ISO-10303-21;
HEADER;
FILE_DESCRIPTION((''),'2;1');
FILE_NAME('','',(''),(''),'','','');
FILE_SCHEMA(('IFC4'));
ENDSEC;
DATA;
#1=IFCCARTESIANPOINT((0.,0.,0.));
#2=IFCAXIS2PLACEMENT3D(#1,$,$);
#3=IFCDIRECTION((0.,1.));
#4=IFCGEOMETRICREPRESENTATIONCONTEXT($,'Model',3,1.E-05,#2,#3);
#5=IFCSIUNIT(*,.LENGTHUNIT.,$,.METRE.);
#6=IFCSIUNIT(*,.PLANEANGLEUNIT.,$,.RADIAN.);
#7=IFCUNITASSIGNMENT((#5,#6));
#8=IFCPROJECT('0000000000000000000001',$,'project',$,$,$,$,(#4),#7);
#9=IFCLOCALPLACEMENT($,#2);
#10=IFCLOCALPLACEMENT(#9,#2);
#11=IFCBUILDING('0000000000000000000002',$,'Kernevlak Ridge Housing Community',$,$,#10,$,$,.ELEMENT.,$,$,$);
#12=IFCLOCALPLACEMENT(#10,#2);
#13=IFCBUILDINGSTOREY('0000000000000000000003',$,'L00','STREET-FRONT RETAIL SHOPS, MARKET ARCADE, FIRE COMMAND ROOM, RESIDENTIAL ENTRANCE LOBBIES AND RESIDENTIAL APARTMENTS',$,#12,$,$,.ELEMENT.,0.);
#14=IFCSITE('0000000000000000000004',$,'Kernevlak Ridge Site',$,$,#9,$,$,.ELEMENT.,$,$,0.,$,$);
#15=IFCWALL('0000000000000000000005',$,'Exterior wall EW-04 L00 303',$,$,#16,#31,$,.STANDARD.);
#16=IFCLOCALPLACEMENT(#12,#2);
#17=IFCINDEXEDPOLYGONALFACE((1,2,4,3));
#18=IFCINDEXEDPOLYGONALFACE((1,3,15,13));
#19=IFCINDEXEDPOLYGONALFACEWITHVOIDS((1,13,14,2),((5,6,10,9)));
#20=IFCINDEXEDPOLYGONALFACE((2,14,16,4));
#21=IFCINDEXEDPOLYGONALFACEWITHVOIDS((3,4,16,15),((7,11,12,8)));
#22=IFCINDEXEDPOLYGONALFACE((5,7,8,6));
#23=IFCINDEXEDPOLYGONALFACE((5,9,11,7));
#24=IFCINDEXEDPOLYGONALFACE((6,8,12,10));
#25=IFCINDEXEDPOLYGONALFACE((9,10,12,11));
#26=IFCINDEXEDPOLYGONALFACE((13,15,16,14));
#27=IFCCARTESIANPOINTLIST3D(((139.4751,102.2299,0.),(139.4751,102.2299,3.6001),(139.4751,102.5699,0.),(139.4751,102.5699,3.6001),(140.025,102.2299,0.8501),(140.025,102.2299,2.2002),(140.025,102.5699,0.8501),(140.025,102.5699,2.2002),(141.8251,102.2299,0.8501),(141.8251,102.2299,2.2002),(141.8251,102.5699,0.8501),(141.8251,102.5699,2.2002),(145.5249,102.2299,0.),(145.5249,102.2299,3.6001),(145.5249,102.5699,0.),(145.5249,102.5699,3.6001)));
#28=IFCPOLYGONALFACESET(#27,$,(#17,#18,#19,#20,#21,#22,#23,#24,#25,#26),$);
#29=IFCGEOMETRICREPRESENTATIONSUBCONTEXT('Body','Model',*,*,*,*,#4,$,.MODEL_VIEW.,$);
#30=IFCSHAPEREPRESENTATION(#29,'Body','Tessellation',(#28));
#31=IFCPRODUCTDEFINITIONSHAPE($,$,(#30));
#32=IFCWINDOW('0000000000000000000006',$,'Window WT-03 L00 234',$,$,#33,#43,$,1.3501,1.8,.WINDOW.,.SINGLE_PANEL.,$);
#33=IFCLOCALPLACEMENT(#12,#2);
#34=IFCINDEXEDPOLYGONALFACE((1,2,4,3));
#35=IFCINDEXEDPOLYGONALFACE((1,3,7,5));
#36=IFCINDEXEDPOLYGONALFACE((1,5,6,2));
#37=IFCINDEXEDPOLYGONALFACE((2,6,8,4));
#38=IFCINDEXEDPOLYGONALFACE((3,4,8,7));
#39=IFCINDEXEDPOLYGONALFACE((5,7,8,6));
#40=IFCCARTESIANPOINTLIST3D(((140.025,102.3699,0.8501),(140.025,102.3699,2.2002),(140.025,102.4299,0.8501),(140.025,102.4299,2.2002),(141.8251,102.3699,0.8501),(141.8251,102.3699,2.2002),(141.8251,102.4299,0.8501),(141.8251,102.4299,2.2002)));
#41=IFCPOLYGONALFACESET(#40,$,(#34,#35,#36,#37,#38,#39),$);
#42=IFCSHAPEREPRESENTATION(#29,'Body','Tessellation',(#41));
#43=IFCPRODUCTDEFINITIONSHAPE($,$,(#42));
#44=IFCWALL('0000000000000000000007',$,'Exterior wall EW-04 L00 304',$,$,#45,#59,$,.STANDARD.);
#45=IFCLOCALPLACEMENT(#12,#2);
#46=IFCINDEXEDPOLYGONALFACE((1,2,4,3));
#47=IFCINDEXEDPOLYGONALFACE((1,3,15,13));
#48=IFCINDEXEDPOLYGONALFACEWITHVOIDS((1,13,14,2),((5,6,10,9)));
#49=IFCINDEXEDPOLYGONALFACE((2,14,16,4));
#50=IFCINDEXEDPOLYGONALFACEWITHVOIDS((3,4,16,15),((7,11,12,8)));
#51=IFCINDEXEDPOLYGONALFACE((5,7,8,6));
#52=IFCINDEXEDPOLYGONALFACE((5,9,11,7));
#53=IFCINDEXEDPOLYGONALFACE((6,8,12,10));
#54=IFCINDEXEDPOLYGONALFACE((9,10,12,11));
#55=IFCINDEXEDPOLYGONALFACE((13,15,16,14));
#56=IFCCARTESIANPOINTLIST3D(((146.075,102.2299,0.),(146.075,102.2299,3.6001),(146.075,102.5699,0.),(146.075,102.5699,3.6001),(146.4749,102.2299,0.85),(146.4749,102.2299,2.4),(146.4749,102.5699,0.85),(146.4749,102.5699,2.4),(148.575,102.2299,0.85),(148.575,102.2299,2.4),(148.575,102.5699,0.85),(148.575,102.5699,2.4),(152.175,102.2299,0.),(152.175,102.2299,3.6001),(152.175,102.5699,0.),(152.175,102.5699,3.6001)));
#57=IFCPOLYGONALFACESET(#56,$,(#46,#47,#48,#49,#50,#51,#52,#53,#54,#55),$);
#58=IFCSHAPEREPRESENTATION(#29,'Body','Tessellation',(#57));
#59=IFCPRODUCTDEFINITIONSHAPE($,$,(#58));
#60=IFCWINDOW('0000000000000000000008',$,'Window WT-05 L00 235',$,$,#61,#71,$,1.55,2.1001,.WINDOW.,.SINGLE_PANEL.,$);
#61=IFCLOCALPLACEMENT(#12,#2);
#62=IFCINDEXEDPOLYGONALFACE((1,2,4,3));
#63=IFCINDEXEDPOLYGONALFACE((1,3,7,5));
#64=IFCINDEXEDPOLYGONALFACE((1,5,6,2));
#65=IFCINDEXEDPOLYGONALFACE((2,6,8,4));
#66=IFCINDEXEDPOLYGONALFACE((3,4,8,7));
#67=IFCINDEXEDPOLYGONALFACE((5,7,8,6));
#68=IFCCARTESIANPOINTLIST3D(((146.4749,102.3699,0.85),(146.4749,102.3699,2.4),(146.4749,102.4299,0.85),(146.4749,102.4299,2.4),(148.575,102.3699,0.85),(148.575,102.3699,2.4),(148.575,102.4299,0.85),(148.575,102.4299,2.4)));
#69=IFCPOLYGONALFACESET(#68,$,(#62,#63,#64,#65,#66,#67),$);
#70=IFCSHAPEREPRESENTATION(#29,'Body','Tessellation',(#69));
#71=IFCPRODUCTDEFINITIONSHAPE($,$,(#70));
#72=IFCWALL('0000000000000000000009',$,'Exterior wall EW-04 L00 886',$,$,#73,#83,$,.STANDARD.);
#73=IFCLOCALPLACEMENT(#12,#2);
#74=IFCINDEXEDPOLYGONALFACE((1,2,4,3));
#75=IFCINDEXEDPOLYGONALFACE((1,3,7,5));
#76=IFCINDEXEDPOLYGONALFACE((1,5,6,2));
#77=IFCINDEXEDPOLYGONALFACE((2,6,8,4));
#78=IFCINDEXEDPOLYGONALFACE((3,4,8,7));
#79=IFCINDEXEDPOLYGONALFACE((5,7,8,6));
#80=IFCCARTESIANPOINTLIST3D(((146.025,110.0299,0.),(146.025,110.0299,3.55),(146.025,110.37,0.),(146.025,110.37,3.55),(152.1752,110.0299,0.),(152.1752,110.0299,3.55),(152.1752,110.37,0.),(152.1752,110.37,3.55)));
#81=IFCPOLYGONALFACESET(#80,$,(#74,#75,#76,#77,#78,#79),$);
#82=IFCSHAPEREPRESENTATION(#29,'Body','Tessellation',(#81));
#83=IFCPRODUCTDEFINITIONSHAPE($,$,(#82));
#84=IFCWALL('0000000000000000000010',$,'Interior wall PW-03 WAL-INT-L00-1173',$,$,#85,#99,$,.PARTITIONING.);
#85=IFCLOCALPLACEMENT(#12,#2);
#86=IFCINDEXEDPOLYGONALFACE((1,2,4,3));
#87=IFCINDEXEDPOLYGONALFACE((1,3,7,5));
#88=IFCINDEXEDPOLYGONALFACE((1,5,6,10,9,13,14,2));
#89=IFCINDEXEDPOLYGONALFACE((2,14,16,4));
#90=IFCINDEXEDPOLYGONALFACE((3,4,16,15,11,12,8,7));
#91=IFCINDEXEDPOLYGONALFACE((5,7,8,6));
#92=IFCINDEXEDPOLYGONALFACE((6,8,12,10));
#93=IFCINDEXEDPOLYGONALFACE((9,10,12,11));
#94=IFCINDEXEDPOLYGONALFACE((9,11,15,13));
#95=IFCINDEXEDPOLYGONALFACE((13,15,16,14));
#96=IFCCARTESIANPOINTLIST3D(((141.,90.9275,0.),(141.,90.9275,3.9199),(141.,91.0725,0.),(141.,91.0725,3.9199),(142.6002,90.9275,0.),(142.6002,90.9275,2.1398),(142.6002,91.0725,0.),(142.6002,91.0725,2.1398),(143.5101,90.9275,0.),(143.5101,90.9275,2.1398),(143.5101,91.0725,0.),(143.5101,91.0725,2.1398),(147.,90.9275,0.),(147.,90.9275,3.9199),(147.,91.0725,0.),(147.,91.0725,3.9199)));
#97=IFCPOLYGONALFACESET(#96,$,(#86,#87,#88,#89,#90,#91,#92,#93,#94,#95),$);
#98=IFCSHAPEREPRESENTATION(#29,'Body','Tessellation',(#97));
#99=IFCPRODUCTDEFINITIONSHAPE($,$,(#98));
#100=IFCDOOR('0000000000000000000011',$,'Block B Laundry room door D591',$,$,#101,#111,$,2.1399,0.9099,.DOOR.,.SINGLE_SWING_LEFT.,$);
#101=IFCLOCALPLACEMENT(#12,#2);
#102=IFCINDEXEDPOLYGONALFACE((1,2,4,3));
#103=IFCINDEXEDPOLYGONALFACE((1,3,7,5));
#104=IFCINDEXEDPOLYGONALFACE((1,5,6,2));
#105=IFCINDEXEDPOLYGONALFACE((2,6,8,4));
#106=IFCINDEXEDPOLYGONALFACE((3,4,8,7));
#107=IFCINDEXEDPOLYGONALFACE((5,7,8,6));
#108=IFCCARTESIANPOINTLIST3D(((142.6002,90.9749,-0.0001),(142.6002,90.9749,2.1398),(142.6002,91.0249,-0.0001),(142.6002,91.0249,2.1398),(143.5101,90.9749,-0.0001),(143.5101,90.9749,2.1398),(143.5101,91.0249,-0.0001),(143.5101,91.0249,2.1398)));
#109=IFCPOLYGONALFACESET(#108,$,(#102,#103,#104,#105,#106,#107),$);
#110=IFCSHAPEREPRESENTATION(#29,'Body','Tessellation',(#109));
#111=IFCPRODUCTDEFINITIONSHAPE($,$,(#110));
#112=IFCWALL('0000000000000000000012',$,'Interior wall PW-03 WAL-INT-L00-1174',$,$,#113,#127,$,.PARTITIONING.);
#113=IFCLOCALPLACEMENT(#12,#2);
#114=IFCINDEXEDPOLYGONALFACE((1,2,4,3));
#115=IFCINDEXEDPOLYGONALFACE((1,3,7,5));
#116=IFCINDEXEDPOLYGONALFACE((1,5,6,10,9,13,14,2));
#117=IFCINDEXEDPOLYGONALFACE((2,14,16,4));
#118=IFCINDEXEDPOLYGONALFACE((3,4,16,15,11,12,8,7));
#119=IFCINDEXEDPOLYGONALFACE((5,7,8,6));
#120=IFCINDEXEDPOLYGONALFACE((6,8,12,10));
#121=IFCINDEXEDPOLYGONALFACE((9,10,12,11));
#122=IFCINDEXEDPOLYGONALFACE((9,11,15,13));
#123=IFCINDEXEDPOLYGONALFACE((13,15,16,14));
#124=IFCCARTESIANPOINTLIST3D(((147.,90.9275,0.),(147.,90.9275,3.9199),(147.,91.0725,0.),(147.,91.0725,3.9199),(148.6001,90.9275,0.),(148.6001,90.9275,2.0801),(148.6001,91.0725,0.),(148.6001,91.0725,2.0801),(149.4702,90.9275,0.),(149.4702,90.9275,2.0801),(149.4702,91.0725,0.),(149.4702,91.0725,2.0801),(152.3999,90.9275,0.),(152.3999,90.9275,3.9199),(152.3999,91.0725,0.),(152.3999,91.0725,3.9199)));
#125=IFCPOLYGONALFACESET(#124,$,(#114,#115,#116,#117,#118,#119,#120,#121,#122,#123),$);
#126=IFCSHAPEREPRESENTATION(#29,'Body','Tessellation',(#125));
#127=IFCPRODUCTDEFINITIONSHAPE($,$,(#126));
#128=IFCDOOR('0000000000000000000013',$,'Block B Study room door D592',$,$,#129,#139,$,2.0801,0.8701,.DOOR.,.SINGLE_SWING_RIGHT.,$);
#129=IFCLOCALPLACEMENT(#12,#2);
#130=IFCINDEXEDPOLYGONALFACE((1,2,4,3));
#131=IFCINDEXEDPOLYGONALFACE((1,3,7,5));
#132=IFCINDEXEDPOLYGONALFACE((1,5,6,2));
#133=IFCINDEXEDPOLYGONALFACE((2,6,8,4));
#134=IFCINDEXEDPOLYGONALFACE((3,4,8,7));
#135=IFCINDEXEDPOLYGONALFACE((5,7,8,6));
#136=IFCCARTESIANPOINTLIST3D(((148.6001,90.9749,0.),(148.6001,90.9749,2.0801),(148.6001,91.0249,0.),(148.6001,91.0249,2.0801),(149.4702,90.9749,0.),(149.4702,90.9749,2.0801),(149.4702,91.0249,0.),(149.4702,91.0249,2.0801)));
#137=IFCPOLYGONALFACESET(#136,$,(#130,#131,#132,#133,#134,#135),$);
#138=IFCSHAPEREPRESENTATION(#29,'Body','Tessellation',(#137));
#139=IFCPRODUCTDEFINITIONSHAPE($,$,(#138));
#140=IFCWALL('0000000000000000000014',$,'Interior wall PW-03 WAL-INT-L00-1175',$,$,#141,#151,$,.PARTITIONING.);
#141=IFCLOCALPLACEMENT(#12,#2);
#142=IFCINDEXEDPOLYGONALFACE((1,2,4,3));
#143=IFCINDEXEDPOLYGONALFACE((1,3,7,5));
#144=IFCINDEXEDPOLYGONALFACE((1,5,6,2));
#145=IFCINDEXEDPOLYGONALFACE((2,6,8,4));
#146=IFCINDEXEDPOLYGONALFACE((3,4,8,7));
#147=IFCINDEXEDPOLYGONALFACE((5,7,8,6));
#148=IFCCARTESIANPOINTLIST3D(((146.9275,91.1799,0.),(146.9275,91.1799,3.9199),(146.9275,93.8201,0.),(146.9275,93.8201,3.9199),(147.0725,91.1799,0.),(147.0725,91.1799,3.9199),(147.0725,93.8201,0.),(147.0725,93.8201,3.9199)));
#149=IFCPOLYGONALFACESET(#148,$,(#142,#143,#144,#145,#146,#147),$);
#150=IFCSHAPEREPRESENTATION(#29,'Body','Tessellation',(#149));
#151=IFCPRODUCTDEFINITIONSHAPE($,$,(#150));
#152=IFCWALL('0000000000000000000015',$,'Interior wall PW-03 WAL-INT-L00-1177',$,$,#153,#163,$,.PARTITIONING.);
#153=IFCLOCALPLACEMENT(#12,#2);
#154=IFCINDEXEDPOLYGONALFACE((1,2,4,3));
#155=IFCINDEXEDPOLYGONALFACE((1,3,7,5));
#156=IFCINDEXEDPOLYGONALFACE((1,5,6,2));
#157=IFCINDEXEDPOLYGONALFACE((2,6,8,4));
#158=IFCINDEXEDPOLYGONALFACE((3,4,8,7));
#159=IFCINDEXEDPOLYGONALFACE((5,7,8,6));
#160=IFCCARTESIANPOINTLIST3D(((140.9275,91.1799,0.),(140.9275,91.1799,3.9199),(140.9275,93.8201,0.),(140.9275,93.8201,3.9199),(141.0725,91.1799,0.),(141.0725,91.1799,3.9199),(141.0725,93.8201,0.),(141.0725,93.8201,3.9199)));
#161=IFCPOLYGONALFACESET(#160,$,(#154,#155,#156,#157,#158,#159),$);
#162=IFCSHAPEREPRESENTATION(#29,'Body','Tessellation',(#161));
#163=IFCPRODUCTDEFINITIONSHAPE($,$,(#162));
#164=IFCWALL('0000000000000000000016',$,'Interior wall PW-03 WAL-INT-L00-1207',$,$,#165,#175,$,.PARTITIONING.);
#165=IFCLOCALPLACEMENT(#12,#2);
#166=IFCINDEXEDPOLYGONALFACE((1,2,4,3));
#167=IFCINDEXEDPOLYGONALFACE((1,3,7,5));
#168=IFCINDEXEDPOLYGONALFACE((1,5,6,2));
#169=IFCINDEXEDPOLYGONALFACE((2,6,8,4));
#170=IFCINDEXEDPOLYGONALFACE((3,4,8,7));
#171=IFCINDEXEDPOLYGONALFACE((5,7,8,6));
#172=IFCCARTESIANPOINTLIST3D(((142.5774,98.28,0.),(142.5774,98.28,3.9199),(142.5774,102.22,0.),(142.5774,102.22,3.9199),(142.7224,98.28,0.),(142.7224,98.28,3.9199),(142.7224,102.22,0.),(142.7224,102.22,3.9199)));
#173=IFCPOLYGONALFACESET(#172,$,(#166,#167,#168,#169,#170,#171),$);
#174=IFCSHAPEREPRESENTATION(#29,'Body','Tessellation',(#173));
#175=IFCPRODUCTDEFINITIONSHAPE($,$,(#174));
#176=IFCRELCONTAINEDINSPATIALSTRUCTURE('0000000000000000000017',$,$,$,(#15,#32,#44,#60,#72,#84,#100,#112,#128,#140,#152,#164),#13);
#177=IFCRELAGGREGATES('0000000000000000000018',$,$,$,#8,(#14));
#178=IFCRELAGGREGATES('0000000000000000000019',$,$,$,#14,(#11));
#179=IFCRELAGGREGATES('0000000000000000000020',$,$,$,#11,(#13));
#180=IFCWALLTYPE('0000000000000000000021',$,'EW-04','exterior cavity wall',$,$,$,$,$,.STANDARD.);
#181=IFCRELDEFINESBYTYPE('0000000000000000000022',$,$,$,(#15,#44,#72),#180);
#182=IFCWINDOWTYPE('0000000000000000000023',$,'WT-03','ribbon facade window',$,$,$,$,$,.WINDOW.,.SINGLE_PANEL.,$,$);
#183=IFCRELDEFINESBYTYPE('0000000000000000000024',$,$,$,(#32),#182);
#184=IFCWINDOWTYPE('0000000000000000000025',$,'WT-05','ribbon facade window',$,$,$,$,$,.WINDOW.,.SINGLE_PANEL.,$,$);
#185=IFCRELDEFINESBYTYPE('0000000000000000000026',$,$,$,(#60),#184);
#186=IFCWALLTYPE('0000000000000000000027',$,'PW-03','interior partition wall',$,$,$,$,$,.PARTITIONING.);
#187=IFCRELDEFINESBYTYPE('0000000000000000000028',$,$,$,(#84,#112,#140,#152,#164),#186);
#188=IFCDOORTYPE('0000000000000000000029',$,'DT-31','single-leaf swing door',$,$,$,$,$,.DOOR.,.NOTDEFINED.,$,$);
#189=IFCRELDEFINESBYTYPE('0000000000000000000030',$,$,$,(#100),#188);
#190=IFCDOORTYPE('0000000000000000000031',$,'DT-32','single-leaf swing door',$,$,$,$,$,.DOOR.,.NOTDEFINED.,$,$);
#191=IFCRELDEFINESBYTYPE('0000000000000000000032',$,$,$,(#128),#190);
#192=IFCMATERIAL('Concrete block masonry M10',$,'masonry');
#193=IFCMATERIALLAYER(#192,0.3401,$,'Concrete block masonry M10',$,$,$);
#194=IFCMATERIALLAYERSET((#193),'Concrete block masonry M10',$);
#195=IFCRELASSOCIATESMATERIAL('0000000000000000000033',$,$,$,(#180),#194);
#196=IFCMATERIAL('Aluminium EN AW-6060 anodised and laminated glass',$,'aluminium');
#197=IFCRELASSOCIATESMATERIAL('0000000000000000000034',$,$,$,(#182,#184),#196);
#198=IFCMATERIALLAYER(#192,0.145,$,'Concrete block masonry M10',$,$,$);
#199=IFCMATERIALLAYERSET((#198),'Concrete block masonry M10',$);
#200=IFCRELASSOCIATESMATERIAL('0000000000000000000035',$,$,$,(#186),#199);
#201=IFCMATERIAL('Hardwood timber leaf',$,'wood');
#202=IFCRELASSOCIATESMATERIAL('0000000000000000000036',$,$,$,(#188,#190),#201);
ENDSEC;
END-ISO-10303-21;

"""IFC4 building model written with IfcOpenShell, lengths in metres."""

from ifc_helpers import new_model, si_unit, direction, frame, frame_2d, origin, place, context, subcontext, project, spatial, rectangle, extrude, material, layer, layer_set, type_object, element, fill, save


model = new_model("IFC4")

# Units and contexts
model_context = context("Model", 3, precision=1e-05, world=origin(), true_north=direction((0.0, 1.0)))
body_context = subcontext(model_context, "Body", "Model", "MODEL_VIEW")
ifc_project = project(units=[si_unit("LENGTHUNIT", "METRE"), si_unit("PLANEANGLEUNIT", "RADIAN")], contexts=[model_context])

# Site, building, storey
site_placement = place(None, origin())
site = spatial("IfcSite", under=ifc_project, at=site_placement, Name="Kernevlak Ridge Site", CompositionType="ELEMENT", RefElevation=0.0)
building_placement = place(site_placement, origin())
building = spatial("IfcBuilding", under=site, at=building_placement, Name="Kernevlak Ridge Housing Community", CompositionType="ELEMENT")
storey_placement = place(building_placement, origin())
storey = spatial("IfcBuildingStorey", under=building, at=storey_placement, Name="L00", Description="STREET-FRONT RETAIL SHOPS, MARKET ARCADE, FIRE COMMAND ROOM, RESIDENTIAL ENTRANCE LOBBIES AND RESIDENTIAL APARTMENTS", CompositionType="ELEMENT", Elevation=0.0)

# Shared definitions
ifc_material_1 = material(Name="Aluminium EN AW-6060 anodised and laminated glass", Category="aluminium")

# Walls, openings, windows
ifc_material_2 = material(Name="Concrete block masonry M10", Category="masonry")
ifc_layer_1 = layer(ifc_material_2, 0.3401, Name="Concrete block masonry M10")
ifc_layer_set_1 = layer_set([ifc_layer_1], Name="Concrete block masonry M10")
wall_type_1 = type_object("IfcWallType", Name="EW-04", Description="exterior cavity wall", PredefinedType="STANDARD", material=ifc_layer_set_1)
wall_1_placement = place(storey_placement, frame((139.4751, 102.3999, 0.0), z_axis=(0.0, 0.0, 1.0), x_axis=(1.0, 0.0, 0.0)))
wall_1 = element("IfcWall", 1, at=wall_1_placement, inside=storey, type_object=wall_type_1, Name="Exterior wall EW-04 L00 303", PredefinedType="STANDARD", context=body_context, shape_type="SweptSolid", body=[
    extrude(rectangle(XDim=6.0498, YDim=0.3401, at=frame_2d((3.0249, 0.0))), origin(), (0.0, 0.0, 1.0), 3.6001),
])
opening_1_placement = place(wall_1_placement, frame((0.55, 0.0, 0.8501)))
opening_1 = element("IfcOpeningElement", 2, at=opening_1_placement, cuts=wall_1, PredefinedType="OPENING", context=body_context, shape_type="SweptSolid", body=[
    extrude(rectangle(XDim=1.8, YDim=1.3501, at=frame_2d((0.8999, 0.675))), frame((0.0, 0.1799, 0.0), z_axis=(0.0, -1.0, 0.0), x_axis=(1.0, 0.0, 0.0)), (0.0, 0.0, 1.0), 0.3601),
])
window_type_1 = type_object("IfcWindowType", Name="WT-03", Description="ribbon facade window", PartitioningType="SINGLE_PANEL", PredefinedType="WINDOW", material=ifc_material_1)
window_1_placement = place(opening_1_placement, origin())
window_1 = element("IfcWindow", 3, at=window_1_placement, inside=storey, type_object=window_type_1, Name="Window WT-03 L00 234", OverallHeight=1.3501, OverallWidth=1.8, PartitioningType="SINGLE_PANEL", PredefinedType="WINDOW", context=body_context, shape_type="SweptSolid", body=[
    extrude(rectangle(XDim=1.8, YDim=1.3501, at=frame_2d((0.8999, 0.675))), frame((0.0, 0.03, 0.0), z_axis=(0.0, -1.0, 0.0), x_axis=(1.0, 0.0, 0.0)), (0.0, 0.0, 1.0), 0.0601),
])
fill(opening_1, window_1)
wall_2_placement = place(storey_placement, frame((146.075, 102.3999, 0.0), z_axis=(0.0, 0.0, 1.0), x_axis=(1.0, 0.0, 0.0)))
wall_2 = element("IfcWall", 4, at=wall_2_placement, inside=storey, type_object=wall_type_1, Name="Exterior wall EW-04 L00 304", PredefinedType="STANDARD", context=body_context, shape_type="SweptSolid", body=[
    extrude(rectangle(XDim=6.1001, YDim=0.3401, at=frame_2d((3.05, 0.0))), origin(), (0.0, 0.0, 1.0), 3.6001),
])
opening_2_placement = place(wall_2_placement, frame((0.3999, 0.0, 0.8501)))
opening_2 = element("IfcOpeningElement", 5, at=opening_2_placement, cuts=wall_2, PredefinedType="OPENING", context=body_context, shape_type="SweptSolid", body=[
    extrude(rectangle(XDim=2.1001, YDim=1.55, at=frame_2d((1.05, 0.7749))), frame((0.0, 0.1799, 0.0), z_axis=(0.0, -1.0, 0.0), x_axis=(1.0, 0.0, 0.0)), (0.0, 0.0, 1.0), 0.3601),
])
window_type_2 = type_object("IfcWindowType", Name="WT-05", Description="ribbon facade window", PartitioningType="SINGLE_PANEL", PredefinedType="WINDOW", material=ifc_material_1)
window_2_placement = place(opening_2_placement, origin())
window_2 = element("IfcWindow", 6, at=window_2_placement, inside=storey, type_object=window_type_2, Name="Window WT-05 L00 235", OverallHeight=1.55, OverallWidth=2.1001, PartitioningType="SINGLE_PANEL", PredefinedType="WINDOW", context=body_context, shape_type="SweptSolid", body=[
    extrude(rectangle(XDim=2.1001, YDim=1.55, at=frame_2d((1.05, 0.7749))), frame((0.0, 0.03, 0.0), z_axis=(0.0, -1.0, 0.0), x_axis=(1.0, 0.0, 0.0)), (0.0, 0.0, 1.0), 0.0601),
])
fill(opening_2, window_2)

# Wall
wall_3_placement = place(storey_placement, frame((146.0249, 110.2, 0.0), z_axis=(0.0, 0.0, 1.0), x_axis=(1.0, 0.0, 0.0)))
element("IfcWall", 7, at=wall_3_placement, inside=storey, type_object=wall_type_1, Name="Exterior wall EW-04 L00 886", PredefinedType="STANDARD", context=body_context, shape_type="SweptSolid", body=[
    extrude(rectangle(XDim=6.1501, YDim=0.3401, at=frame_2d((3.0752, 0.0))), origin(), (0.0, 0.0, 1.0), 3.55),
])

# Walls, openings, doors
ifc_layer_2 = layer(ifc_material_2, 0.145, Name="Concrete block masonry M10")
ifc_layer_set_2 = layer_set([ifc_layer_2], Name="Concrete block masonry M10")
wall_type_2 = type_object("IfcWallType", Name="PW-03", Description="interior partition wall", PredefinedType="PARTITIONING", material=ifc_layer_set_2)
wall_4_placement = place(storey_placement, frame((141.0, 91.0, 0.0), z_axis=(0.0, 0.0, 1.0), x_axis=(1.0, 0.0, 0.0)))
wall_4 = element("IfcWall", 8, at=wall_4_placement, inside=storey, type_object=wall_type_2, Name="Interior wall PW-03 WAL-INT-L00-1173", PredefinedType="PARTITIONING", context=body_context, shape_type="SweptSolid", body=[
    extrude(rectangle(XDim=6.0, YDim=0.145, at=frame_2d((3.0, 0.0))), origin(), (0.0, 0.0, 1.0), 3.9199),
])
opening_3_placement = place(wall_4_placement, frame((1.6001, 0.0, 0.0)))
opening_3 = element("IfcOpeningElement", 9, at=opening_3_placement, cuts=wall_4, PredefinedType="OPENING", context=body_context, shape_type="SweptSolid", body=[
    extrude(rectangle(XDim=0.9099, YDim=2.1399, at=frame_2d((0.4551, 1.0698))), frame((0.0, 0.0825, 0.0), z_axis=(0.0, -1.0, 0.0), x_axis=(1.0, 0.0, 0.0)), (0.0, 0.0, 1.0), 0.165),
])
ifc_material_3 = material(Name="Hardwood timber leaf", Category="wood")
door_type_1 = type_object("IfcDoorType", Name="DT-31", Description="single-leaf swing door", OperationType="NOTDEFINED", PredefinedType="DOOR", material=ifc_material_3)
door_1_placement = place(opening_3_placement, origin())
door_1 = element("IfcDoor", 10, at=door_1_placement, inside=storey, type_object=door_type_1, Name="Block B Laundry room door D591", OperationType="SINGLE_SWING_LEFT", OverallHeight=2.1399, OverallWidth=0.9099, PredefinedType="DOOR", context=body_context, shape_type="SweptSolid", body=[
    extrude(rectangle(XDim=0.9099, YDim=2.1399, at=frame_2d((0.4551, 1.0698))), frame((0.0, 0.0249, 0.0), z_axis=(0.0, -1.0, 0.0), x_axis=(1.0, 0.0, 0.0)), (0.0, 0.0, 1.0), 0.05),
])
fill(opening_3, door_1)
wall_5_placement = place(storey_placement, frame((147.0, 91.0, 0.0), z_axis=(0.0, 0.0, 1.0), x_axis=(1.0, 0.0, 0.0)))
wall_5 = element("IfcWall", 11, at=wall_5_placement, inside=storey, type_object=wall_type_2, Name="Interior wall PW-03 WAL-INT-L00-1174", PredefinedType="PARTITIONING", context=body_context, shape_type="SweptSolid", body=[
    extrude(rectangle(XDim=5.3999, YDim=0.145, at=frame_2d((2.7, 0.0))), origin(), (0.0, 0.0, 1.0), 3.9199),
])
opening_4_placement = place(wall_5_placement, frame((1.6001, 0.0, 0.0)))
opening_4 = element("IfcOpeningElement", 12, at=opening_4_placement, cuts=wall_5, PredefinedType="OPENING", context=body_context, shape_type="SweptSolid", body=[
    extrude(rectangle(XDim=0.8701, YDim=2.0801, at=frame_2d((0.4351, 1.04))), frame((0.0, 0.0825, 0.0), z_axis=(0.0, -1.0, 0.0), x_axis=(1.0, 0.0, 0.0)), (0.0, 0.0, 1.0), 0.165),
])
door_type_2 = type_object("IfcDoorType", Name="DT-32", Description="single-leaf swing door", OperationType="NOTDEFINED", PredefinedType="DOOR", material=ifc_material_3)
door_2_placement = place(opening_4_placement, origin())
door_2 = element("IfcDoor", 13, at=door_2_placement, inside=storey, type_object=door_type_2, Name="Block B Study room door D592", OperationType="SINGLE_SWING_RIGHT", OverallHeight=2.0801, OverallWidth=0.8701, PredefinedType="DOOR", context=body_context, shape_type="SweptSolid", body=[
    extrude(rectangle(XDim=0.8701, YDim=2.0801, at=frame_2d((0.4351, 1.04))), frame((0.0, 0.0249, 0.0), z_axis=(0.0, -1.0, 0.0), x_axis=(1.0, 0.0, 0.0)), (0.0, 0.0, 1.0), 0.05),
])
fill(opening_4, door_2)

# Walls
for number, where, z_axis, x_axis, name in (
    (14, (147.0, 91.1799, 0.0), (0.0, 0.0, 1.0), (0.0, 1.0, 0.0), "Interior wall PW-03 WAL-INT-L00-1175"),
    (15, (141.0, 91.1799, 0.0), (0.0, 0.0, 1.0), (0.0, 1.0, 0.0), "Interior wall PW-03 WAL-INT-L00-1177"),
):
    element("IfcWall", number, at=place(storey_placement, frame(where, z_axis=z_axis, x_axis=x_axis)), inside=storey, type_object=wall_type_2, Name=name, PredefinedType="PARTITIONING", context=body_context, shape_type="SweptSolid", body=[
        extrude(rectangle(XDim=2.6401, YDim=0.145, at=frame_2d((1.3201, 0.0))), origin(), (0.0, 0.0, 1.0), 3.9199),
    ])
wall_6_placement = place(storey_placement, frame((142.6499, 98.28, 0.0), z_axis=(0.0, 0.0, 1.0), x_axis=(0.0, 1.0, 0.0)))
element("IfcWall", 16, at=wall_6_placement, inside=storey, type_object=wall_type_2, Name="Interior wall PW-03 WAL-INT-L00-1207", PredefinedType="PARTITIONING", context=body_context, shape_type="SweptSolid", body=[
    extrude(rectangle(XDim=3.9399, YDim=0.145, at=frame_2d((1.97, 0.0))), origin(), (0.0, 0.0, 1.0), 3.9199),
])

save(model, "model.ifc")
